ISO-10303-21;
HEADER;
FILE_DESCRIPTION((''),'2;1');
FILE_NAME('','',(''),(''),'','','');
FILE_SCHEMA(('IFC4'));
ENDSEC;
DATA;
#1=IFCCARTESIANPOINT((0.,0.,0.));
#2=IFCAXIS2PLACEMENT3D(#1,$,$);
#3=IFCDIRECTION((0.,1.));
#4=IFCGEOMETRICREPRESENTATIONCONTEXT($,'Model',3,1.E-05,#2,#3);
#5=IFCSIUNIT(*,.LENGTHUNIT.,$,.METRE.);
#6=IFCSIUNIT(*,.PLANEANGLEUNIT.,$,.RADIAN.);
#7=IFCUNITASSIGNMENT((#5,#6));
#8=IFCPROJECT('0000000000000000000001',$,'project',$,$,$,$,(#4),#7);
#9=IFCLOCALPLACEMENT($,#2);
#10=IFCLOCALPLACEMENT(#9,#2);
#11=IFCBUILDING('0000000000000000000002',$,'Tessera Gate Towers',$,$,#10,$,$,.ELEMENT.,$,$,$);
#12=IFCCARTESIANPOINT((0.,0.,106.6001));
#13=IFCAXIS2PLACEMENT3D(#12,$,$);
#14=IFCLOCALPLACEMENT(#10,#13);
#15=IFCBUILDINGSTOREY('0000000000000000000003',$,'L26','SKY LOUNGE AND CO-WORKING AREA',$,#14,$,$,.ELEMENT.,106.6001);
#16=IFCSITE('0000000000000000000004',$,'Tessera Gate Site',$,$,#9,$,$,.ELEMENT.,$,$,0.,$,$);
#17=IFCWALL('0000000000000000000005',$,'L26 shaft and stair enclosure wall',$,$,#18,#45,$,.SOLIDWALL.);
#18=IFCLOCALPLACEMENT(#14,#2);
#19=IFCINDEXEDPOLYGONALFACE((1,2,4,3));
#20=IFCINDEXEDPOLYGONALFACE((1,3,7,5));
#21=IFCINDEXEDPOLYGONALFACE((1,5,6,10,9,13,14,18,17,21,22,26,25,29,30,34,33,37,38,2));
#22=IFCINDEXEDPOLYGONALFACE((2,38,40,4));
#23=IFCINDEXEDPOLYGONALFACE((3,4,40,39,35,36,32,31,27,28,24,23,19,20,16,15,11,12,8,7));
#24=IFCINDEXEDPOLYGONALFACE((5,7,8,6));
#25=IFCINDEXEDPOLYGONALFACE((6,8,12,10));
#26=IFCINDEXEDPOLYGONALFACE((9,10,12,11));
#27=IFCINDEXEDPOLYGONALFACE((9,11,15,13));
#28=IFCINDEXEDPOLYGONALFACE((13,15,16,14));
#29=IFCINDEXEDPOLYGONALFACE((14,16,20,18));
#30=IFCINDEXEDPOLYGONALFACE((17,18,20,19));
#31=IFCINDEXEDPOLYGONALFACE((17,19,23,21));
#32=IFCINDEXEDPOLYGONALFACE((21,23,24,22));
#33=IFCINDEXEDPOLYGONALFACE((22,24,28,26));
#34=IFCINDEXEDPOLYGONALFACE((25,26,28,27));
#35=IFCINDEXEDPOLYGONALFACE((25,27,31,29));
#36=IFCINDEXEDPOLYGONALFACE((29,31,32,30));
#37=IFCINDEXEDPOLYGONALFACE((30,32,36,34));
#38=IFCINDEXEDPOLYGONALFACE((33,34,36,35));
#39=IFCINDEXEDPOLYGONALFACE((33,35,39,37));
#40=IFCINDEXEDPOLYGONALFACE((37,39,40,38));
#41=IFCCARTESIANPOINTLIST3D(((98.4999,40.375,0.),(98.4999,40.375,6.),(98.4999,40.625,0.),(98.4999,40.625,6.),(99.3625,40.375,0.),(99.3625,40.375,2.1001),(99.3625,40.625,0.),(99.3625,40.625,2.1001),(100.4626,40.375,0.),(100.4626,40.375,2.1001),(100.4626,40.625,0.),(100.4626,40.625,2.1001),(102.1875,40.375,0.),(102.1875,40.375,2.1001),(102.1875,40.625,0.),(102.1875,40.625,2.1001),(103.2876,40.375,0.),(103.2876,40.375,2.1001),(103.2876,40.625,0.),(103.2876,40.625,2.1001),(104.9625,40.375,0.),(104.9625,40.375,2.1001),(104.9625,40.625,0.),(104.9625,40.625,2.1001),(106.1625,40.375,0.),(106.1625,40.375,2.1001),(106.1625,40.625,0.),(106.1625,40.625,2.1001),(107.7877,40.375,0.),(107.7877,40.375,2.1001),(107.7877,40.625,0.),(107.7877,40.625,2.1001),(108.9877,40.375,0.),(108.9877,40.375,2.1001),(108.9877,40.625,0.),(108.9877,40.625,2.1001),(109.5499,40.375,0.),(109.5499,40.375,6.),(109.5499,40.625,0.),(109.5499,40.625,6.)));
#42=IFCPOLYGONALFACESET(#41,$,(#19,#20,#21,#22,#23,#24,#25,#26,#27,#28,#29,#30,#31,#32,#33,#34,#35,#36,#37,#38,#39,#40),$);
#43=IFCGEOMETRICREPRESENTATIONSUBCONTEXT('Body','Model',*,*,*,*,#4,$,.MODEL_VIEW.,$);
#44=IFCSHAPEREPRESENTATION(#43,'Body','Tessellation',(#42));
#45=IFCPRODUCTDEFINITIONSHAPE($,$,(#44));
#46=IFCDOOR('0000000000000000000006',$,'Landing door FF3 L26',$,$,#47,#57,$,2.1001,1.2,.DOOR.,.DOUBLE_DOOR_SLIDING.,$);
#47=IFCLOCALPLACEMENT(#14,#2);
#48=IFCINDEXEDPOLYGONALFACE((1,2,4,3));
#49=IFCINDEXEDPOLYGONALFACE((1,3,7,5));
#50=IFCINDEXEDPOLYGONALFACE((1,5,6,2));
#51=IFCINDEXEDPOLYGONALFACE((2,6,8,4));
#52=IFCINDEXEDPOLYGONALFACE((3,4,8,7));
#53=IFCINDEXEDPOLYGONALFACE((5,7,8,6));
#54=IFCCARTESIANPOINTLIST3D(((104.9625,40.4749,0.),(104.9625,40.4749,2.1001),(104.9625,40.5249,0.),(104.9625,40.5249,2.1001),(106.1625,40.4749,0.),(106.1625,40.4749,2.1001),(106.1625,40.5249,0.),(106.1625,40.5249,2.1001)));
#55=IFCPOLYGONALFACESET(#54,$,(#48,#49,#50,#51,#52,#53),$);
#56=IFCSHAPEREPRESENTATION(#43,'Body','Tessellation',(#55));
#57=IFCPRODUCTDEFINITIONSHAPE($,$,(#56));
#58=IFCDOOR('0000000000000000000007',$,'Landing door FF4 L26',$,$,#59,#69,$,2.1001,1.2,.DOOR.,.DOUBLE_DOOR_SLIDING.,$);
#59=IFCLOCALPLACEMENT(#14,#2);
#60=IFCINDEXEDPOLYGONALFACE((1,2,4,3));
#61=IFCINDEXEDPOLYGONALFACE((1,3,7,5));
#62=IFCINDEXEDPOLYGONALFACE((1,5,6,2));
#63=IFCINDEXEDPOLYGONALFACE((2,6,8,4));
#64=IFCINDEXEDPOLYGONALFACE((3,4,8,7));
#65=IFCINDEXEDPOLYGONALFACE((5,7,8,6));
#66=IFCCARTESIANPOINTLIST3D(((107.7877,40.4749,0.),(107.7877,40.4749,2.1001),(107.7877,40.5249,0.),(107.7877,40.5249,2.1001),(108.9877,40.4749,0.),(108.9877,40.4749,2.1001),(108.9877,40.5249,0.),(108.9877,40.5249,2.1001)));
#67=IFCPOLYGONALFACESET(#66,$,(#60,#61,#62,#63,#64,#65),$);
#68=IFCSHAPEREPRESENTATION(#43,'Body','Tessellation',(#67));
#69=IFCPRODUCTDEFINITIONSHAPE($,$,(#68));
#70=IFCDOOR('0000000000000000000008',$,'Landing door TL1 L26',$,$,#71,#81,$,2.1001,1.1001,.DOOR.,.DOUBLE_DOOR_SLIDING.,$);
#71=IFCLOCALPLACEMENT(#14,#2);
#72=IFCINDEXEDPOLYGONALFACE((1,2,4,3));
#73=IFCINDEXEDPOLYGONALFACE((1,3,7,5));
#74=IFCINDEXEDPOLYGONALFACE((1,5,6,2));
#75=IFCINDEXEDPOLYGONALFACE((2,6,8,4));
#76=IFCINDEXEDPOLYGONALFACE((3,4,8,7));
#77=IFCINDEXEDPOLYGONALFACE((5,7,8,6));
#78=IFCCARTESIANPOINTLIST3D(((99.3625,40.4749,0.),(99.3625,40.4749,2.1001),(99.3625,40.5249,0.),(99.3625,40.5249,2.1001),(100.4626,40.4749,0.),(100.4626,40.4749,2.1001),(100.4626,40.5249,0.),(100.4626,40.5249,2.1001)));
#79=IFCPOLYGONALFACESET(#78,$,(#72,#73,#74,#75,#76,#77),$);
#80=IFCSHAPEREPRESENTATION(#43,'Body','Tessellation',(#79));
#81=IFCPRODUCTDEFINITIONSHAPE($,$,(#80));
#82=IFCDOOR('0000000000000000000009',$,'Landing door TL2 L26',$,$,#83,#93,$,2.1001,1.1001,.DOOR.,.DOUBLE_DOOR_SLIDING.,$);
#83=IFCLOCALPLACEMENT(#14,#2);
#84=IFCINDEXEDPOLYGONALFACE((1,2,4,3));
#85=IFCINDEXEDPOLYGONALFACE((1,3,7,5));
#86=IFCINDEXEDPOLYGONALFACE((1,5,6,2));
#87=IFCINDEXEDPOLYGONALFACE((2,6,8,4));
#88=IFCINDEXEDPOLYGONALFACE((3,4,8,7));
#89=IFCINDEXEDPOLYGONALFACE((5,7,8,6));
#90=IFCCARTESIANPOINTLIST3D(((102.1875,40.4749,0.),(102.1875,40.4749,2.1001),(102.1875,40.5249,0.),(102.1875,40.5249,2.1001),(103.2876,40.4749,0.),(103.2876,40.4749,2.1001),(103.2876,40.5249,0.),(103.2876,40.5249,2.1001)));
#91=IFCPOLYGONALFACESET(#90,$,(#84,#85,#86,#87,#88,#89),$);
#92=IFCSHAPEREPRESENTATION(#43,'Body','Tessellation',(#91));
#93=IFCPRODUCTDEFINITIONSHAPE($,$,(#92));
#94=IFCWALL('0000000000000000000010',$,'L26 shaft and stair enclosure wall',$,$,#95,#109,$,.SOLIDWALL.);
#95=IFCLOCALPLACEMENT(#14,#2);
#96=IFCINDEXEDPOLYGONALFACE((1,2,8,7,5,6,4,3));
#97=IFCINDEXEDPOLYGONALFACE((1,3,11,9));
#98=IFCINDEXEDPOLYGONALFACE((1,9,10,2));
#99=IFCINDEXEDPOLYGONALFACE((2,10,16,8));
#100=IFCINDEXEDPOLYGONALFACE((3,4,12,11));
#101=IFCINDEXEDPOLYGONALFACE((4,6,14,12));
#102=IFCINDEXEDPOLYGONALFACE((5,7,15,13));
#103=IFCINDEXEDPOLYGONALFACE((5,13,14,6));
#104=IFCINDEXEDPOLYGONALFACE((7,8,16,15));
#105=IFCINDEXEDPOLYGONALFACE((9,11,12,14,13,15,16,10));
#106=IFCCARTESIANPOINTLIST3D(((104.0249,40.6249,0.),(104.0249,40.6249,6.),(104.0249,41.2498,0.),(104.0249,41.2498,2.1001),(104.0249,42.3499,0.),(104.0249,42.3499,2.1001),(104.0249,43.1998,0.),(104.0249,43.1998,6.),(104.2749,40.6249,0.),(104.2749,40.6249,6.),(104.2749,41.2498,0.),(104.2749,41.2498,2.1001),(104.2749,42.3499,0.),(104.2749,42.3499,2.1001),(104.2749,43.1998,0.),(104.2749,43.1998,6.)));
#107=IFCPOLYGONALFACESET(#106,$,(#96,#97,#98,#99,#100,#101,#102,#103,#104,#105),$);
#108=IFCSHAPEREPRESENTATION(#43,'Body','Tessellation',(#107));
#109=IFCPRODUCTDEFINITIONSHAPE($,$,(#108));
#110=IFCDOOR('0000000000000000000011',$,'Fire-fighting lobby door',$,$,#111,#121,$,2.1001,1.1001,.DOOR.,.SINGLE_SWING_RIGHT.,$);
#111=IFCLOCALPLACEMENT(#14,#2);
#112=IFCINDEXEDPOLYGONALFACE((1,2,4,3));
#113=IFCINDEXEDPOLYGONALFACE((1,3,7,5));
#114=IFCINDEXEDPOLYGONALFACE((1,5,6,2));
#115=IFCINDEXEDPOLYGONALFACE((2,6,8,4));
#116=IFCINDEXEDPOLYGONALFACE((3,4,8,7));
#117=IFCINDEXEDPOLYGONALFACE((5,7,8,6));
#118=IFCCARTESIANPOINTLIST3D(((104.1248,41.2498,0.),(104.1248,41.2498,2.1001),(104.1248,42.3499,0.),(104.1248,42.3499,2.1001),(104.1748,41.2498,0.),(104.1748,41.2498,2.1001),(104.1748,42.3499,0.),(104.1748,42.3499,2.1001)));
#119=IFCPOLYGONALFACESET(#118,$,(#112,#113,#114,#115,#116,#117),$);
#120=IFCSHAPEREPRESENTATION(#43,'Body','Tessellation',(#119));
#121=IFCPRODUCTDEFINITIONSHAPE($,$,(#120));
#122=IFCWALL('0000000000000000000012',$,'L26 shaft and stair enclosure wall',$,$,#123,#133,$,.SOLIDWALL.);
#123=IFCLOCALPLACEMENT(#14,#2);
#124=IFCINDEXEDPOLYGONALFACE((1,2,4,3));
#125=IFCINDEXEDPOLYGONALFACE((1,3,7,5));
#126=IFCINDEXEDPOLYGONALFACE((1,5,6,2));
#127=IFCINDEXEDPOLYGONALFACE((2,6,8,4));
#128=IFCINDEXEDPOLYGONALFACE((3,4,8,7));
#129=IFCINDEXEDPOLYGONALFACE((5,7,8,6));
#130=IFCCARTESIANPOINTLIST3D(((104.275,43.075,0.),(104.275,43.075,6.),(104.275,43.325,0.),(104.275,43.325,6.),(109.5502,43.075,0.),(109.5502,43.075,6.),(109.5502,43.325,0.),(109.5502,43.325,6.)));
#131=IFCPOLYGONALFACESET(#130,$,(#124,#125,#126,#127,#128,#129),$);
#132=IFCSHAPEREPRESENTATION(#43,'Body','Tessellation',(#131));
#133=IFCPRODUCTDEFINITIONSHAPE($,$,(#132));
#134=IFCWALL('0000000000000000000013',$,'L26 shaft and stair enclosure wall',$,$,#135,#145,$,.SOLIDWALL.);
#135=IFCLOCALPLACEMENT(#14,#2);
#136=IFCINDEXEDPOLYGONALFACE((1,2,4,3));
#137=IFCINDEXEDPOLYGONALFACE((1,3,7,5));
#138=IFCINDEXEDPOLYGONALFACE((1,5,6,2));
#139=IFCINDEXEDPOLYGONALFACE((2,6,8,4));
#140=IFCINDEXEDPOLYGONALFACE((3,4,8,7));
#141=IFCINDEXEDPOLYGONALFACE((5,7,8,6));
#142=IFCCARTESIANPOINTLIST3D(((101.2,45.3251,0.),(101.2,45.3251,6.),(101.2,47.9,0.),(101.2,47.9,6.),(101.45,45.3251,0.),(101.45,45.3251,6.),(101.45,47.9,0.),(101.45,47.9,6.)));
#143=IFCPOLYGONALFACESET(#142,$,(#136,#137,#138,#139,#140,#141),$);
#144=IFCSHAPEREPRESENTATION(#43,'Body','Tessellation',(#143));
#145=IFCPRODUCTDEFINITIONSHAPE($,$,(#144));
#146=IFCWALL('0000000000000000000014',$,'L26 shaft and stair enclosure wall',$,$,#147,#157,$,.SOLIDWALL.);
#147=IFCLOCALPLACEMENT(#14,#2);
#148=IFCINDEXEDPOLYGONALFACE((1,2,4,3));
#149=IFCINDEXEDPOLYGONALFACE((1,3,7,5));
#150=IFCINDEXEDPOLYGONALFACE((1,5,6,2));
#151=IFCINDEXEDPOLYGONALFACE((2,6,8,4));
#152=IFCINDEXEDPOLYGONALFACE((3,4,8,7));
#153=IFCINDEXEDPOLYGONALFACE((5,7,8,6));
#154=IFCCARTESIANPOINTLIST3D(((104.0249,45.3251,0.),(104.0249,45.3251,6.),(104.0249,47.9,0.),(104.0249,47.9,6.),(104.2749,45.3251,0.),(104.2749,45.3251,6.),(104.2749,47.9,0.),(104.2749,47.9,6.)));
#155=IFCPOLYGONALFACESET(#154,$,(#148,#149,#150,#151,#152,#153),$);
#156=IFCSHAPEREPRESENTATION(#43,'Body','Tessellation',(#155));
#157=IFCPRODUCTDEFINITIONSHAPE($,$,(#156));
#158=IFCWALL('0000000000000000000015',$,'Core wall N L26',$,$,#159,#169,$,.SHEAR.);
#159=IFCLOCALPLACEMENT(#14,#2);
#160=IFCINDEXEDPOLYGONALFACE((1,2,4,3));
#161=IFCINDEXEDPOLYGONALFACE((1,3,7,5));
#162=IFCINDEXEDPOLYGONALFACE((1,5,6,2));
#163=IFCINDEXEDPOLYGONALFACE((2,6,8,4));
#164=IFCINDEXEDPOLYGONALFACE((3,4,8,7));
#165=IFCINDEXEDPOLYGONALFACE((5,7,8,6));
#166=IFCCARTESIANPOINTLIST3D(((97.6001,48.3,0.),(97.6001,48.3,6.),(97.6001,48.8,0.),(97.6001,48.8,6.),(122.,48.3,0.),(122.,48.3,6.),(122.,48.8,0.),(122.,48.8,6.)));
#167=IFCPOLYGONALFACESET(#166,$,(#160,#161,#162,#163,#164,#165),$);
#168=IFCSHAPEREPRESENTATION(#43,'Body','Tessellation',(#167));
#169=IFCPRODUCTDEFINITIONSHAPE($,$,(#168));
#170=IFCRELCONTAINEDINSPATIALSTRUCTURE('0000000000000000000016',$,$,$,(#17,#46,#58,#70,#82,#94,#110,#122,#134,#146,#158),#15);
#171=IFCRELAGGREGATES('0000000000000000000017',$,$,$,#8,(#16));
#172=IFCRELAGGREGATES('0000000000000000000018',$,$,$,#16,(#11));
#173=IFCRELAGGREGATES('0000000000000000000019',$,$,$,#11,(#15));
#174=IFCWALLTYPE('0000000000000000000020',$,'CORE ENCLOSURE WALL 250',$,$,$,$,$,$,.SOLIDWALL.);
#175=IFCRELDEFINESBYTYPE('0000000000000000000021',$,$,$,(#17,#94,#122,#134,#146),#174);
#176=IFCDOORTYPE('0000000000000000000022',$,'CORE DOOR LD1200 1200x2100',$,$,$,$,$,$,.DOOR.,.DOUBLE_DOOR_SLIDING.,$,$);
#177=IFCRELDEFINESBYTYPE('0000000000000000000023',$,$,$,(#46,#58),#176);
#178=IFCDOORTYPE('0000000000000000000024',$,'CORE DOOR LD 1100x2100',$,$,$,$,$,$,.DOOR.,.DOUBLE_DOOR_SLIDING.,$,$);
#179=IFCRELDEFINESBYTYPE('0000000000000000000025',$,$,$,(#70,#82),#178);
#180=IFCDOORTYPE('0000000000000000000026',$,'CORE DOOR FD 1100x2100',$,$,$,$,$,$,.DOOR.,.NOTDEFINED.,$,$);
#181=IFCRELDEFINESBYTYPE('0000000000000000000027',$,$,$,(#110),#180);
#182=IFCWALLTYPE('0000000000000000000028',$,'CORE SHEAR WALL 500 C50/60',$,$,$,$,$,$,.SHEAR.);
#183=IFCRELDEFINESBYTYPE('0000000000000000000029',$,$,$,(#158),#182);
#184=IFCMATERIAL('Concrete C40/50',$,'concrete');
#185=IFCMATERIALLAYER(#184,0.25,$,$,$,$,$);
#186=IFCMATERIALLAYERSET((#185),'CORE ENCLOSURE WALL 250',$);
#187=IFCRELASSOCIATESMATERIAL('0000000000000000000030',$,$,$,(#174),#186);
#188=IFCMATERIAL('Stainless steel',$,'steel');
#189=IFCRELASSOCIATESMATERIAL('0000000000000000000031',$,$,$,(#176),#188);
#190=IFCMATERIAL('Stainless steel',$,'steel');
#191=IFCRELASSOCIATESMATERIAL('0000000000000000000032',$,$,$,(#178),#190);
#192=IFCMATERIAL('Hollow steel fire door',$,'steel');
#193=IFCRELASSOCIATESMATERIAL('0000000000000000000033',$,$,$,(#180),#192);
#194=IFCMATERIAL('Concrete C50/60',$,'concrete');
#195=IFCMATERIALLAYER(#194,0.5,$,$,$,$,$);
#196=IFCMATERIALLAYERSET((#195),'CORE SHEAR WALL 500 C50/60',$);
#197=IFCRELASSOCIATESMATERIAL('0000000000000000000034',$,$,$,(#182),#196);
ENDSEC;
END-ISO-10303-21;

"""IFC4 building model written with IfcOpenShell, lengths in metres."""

from ifc_helpers import new_model, si_unit, direction, frame, frame_2d, origin, place, context, subcontext, project, spatial, rectangle, extrude, source, transform, mapped, material, layer, layer_set, type_object, element, fill, save


model = new_model("IFC4")

# Units and contexts
model_context = context("Model", 3, precision=1e-05, world=origin(), true_north=direction((0.0, 1.0)))
body_context = subcontext(model_context, "Body", "Model", "MODEL_VIEW")
ifc_project = project(units=[si_unit("LENGTHUNIT", "METRE"), si_unit("PLANEANGLEUNIT", "RADIAN")], contexts=[model_context])

# Site, building, storey
site_placement = place(None, origin())
site = spatial("IfcSite", under=ifc_project, at=site_placement, Name="Tessera Gate Site", CompositionType="ELEMENT", RefElevation=0.0)
building_placement = place(site_placement, origin())
building = spatial("IfcBuilding", under=site, at=building_placement, Name="Tessera Gate Towers", CompositionType="ELEMENT")
storey_placement = place(building_placement, frame((0.0, 0.0, 106.6001)))
storey = spatial("IfcBuildingStorey", under=building, at=storey_placement, Name="L26", Description="SKY LOUNGE AND CO-WORKING AREA", CompositionType="ELEMENT", Elevation=106.6001)

# Wall, openings, doors
ifc_material_1 = material(Name="Concrete C40/50", Category="concrete")
ifc_layer_1 = layer(ifc_material_1, 0.25)
ifc_layer_set_1 = layer_set([ifc_layer_1], Name="CORE ENCLOSURE WALL 250")
wall_type_1 = type_object("IfcWallType", Name="CORE ENCLOSURE WALL 250", PredefinedType="SOLIDWALL", material=ifc_layer_set_1)
wall_1_placement = place(storey_placement, frame((98.5, 40.5, 0.0), z_axis=(0.0, 0.0, 1.0), x_axis=(1.0, 0.0, 0.0)))
wall_1 = element("IfcWall", 1, at=wall_1_placement, inside=storey, type_object=wall_type_1, Name="L26 shaft and stair enclosure wall", PredefinedType="SOLIDWALL", context=body_context, shape_type="SweptSolid", body=[
    extrude(rectangle(XDim=11.05, YDim=0.25, at=frame_2d((5.5249, 0.0))), origin(), (0.0, 0.0, 1.0), 6.0),
])
shared_shape_1 = source(origin(), body_context, "Body", "SweptSolid", [
    extrude(rectangle(XDim=1.1001, YDim=2.1001, at=frame_2d((0.55, 1.05))), frame((0.0, 0.135, 0.0), z_axis=(0.0, -1.0, 0.0), x_axis=(1.0, 0.0, 0.0)), (0.0, 0.0, 1.0), 0.27),
])
opening_1_placement = place(wall_1_placement, frame((0.8625, 0.0, 0.0)))
opening_1 = element("IfcOpeningElement", 2, at=opening_1_placement, cuts=wall_1, PredefinedType="OPENING", context=body_context, shape_type="MappedRepresentation", body=[
    mapped(shared_shape_1, transform((0.0, 0.0, 0.0), scale=1.0)),
])
opening_2_placement = place(wall_1_placement, frame((3.6875, 0.0, 0.0)))
opening_2 = element("IfcOpeningElement", 3, at=opening_2_placement, cuts=wall_1, PredefinedType="OPENING", context=body_context, shape_type="MappedRepresentation", body=[
    mapped(shared_shape_1, transform((0.0, 0.0, 0.0), scale=1.0)),
])
shared_shape_2 = source(origin(), body_context, "Body", "SweptSolid", [
    extrude(rectangle(XDim=1.2, YDim=2.1001, at=frame_2d((0.6001, 1.05))), frame((0.0, 0.135, 0.0), z_axis=(0.0, -1.0, 0.0), x_axis=(1.0, 0.0, 0.0)), (0.0, 0.0, 1.0), 0.27),
])
opening_3_placement = place(wall_1_placement, frame((6.4624, 0.0, 0.0)))
opening_3 = element("IfcOpeningElement", 4, at=opening_3_placement, cuts=wall_1, PredefinedType="OPENING", context=body_context, shape_type="MappedRepresentation", body=[
    mapped(shared_shape_2, transform((0.0, 0.0, 0.0), scale=1.0)),
])
opening_4_placement = place(wall_1_placement, frame((9.2876, 0.0, 0.0)))
opening_4 = element("IfcOpeningElement", 5, at=opening_4_placement, cuts=wall_1, PredefinedType="OPENING", context=body_context, shape_type="MappedRepresentation", body=[
    mapped(shared_shape_2, transform((0.0, 0.0, 0.0), scale=1.0)),
])
ifc_material_2 = material(Name="Stainless steel", Category="steel")
door_type_1 = type_object("IfcDoorType", Name="CORE DOOR LD1200 1200x2100", OperationType="DOUBLE_DOOR_SLIDING", PredefinedType="DOOR", material=ifc_material_2)
shared_shape_3 = source(origin(), body_context, "Body", "SweptSolid", [
    extrude(rectangle(XDim=1.2, YDim=2.1001, at=frame_2d((0.6001, 1.05))), frame((0.0, 0.0249, 0.0), z_axis=(0.0, -1.0, 0.0), x_axis=(1.0, 0.0, 0.0)), (0.0, 0.0, 1.0), 0.05),
])
door_1_placement = place(opening_3_placement, origin())
door_1 = element("IfcDoor", 6, at=door_1_placement, inside=storey, type_object=door_type_1, Name="Landing door FF3 L26", OperationType="DOUBLE_DOOR_SLIDING", OverallHeight=2.1001, OverallWidth=1.2, PredefinedType="DOOR", context=body_context, shape_type="MappedRepresentation", body=[
    mapped(shared_shape_3, transform((0.0, 0.0, 0.0), scale=1.0)),
])
fill(opening_3, door_1)
door_2_placement = place(opening_4_placement, origin())
door_2 = element("IfcDoor", 7, at=door_2_placement, inside=storey, type_object=door_type_1, Name="Landing door FF4 L26", OperationType="DOUBLE_DOOR_SLIDING", OverallHeight=2.1001, OverallWidth=1.2, PredefinedType="DOOR", context=body_context, shape_type="MappedRepresentation", body=[
    mapped(shared_shape_3, transform((0.0, 0.0, 0.0), scale=1.0)),
])
fill(opening_4, door_2)
ifc_material_3 = material(Name="Stainless steel", Category="steel")
door_type_2 = type_object("IfcDoorType", Name="CORE DOOR LD 1100x2100", OperationType="DOUBLE_DOOR_SLIDING", PredefinedType="DOOR", material=ifc_material_3)
shared_shape_4 = source(origin(), body_context, "Body", "SweptSolid", [
    extrude(rectangle(XDim=1.1001, YDim=2.1001, at=frame_2d((0.55, 1.05))), frame((0.0, 0.0249, 0.0), z_axis=(0.0, -1.0, 0.0), x_axis=(1.0, 0.0, 0.0)), (0.0, 0.0, 1.0), 0.05),
])
door_3_placement = place(opening_1_placement, origin())
door_3 = element("IfcDoor", 8, at=door_3_placement, inside=storey, type_object=door_type_2, Name="Landing door TL1 L26", OperationType="DOUBLE_DOOR_SLIDING", OverallHeight=2.1001, OverallWidth=1.1001, PredefinedType="DOOR", context=body_context, shape_type="MappedRepresentation", body=[
    mapped(shared_shape_4, transform((0.0, 0.0, 0.0), scale=1.0)),
])
fill(opening_1, door_3)
door_4_placement = place(opening_2_placement, origin())
door_4 = element("IfcDoor", 9, at=door_4_placement, inside=storey, type_object=door_type_2, Name="Landing door TL2 L26", OperationType="DOUBLE_DOOR_SLIDING", OverallHeight=2.1001, OverallWidth=1.1001, PredefinedType="DOOR", context=body_context, shape_type="MappedRepresentation", body=[
    mapped(shared_shape_4, transform((0.0, 0.0, 0.0), scale=1.0)),
])
fill(opening_2, door_4)

# Wall, opening, door
wall_2_placement = place(storey_placement, frame((104.1499, 43.2, 0.0), z_axis=(0.0, 0.0, 1.0), x_axis=(0.0, -1.0, 0.0)))
wall_2 = element("IfcWall", 10, at=wall_2_placement, inside=storey, type_object=wall_type_1, Name="L26 shaft and stair enclosure wall", PredefinedType="SOLIDWALL", context=body_context, shape_type="SweptSolid", body=[
    extrude(rectangle(XDim=2.575, YDim=0.25, at=frame_2d((1.2876, 0.0))), origin(), (0.0, 0.0, 1.0), 6.0),
])
opening_5_placement = place(wall_2_placement, frame((0.8501, 0.0, 0.0)))
opening_5 = element("IfcOpeningElement", 11, at=opening_5_placement, cuts=wall_2, PredefinedType="OPENING", context=body_context, shape_type="MappedRepresentation", body=[
    mapped(shared_shape_1, transform((0.0, 0.0, 0.0), scale=1.0)),
])
ifc_material_4 = material(Name="Hollow steel fire door", Category="steel")
door_type_3 = type_object("IfcDoorType", Name="CORE DOOR FD 1100x2100", OperationType="NOTDEFINED", PredefinedType="DOOR", material=ifc_material_4)
door_5_placement = place(opening_5_placement, origin())
door_5 = element("IfcDoor", 12, at=door_5_placement, inside=storey, type_object=door_type_3, Name="Fire-fighting lobby door", OperationType="SINGLE_SWING_RIGHT", OverallHeight=2.1001, OverallWidth=1.1001, PredefinedType="DOOR", context=body_context, shape_type="MappedRepresentation", body=[
    mapped(shared_shape_4, transform((0.0, 0.0, 0.0), scale=1.0)),
])
fill(opening_5, door_5)

# Walls
wall_3_placement = place(storey_placement, frame((104.2749, 43.2, 0.0), z_axis=(0.0, 0.0, 1.0), x_axis=(1.0, 0.0, 0.0)))
element("IfcWall", 13, at=wall_3_placement, inside=storey, type_object=wall_type_1, Name="L26 shaft and stair enclosure wall", PredefinedType="SOLIDWALL", context=body_context, shape_type="SweptSolid", body=[
    extrude(rectangle(XDim=5.2751, YDim=0.25, at=frame_2d((2.6377, 0.0))), origin(), (0.0, 0.0, 1.0), 6.0),
])
for number, where, z_axis, x_axis, name in (
    (14, (101.325, 45.325, 0.0), (0.0, 0.0, 1.0), (0.0, 1.0, 0.0), "L26 shaft and stair enclosure wall"),
    (15, (104.1499, 45.325, 0.0), (0.0, 0.0, 1.0), (0.0, 1.0, 0.0), "L26 shaft and stair enclosure wall"),
):
    element("IfcWall", number, at=place(storey_placement, frame(where, z_axis=z_axis, x_axis=x_axis)), inside=storey, type_object=wall_type_1, Name=name, PredefinedType="SOLIDWALL", context=body_context, shape_type="SweptSolid", body=[
        extrude(rectangle(XDim=2.575, YDim=0.25, at=frame_2d((1.2876, 0.0))), origin(), (0.0, 0.0, 1.0), 6.0),
    ])
ifc_material_5 = material(Name="Concrete C50/60", Category="concrete")
ifc_layer_2 = layer(ifc_material_5, 0.5)
ifc_layer_set_2 = layer_set([ifc_layer_2], Name="CORE SHEAR WALL 500 C50/60")
wall_type_2 = type_object("IfcWallType", Name="CORE SHEAR WALL 500 C50/60", PredefinedType="SHEAR", material=ifc_layer_set_2)
wall_4_placement = place(storey_placement, frame((97.6001, 48.55, 0.0), z_axis=(0.0, 0.0, 1.0), x_axis=(1.0, 0.0, 0.0)))
element("IfcWall", 16, at=wall_4_placement, inside=storey, type_object=wall_type_2, Name="Core wall N L26", PredefinedType="SHEAR", context=body_context, shape_type="SweptSolid", body=[
    extrude(rectangle(XDim=24.3999, YDim=0.5, at=frame_2d((12.2, 0.0))), origin(), (0.0, 0.0, 1.0), 6.0),
])

save(model, "model.ifc")
